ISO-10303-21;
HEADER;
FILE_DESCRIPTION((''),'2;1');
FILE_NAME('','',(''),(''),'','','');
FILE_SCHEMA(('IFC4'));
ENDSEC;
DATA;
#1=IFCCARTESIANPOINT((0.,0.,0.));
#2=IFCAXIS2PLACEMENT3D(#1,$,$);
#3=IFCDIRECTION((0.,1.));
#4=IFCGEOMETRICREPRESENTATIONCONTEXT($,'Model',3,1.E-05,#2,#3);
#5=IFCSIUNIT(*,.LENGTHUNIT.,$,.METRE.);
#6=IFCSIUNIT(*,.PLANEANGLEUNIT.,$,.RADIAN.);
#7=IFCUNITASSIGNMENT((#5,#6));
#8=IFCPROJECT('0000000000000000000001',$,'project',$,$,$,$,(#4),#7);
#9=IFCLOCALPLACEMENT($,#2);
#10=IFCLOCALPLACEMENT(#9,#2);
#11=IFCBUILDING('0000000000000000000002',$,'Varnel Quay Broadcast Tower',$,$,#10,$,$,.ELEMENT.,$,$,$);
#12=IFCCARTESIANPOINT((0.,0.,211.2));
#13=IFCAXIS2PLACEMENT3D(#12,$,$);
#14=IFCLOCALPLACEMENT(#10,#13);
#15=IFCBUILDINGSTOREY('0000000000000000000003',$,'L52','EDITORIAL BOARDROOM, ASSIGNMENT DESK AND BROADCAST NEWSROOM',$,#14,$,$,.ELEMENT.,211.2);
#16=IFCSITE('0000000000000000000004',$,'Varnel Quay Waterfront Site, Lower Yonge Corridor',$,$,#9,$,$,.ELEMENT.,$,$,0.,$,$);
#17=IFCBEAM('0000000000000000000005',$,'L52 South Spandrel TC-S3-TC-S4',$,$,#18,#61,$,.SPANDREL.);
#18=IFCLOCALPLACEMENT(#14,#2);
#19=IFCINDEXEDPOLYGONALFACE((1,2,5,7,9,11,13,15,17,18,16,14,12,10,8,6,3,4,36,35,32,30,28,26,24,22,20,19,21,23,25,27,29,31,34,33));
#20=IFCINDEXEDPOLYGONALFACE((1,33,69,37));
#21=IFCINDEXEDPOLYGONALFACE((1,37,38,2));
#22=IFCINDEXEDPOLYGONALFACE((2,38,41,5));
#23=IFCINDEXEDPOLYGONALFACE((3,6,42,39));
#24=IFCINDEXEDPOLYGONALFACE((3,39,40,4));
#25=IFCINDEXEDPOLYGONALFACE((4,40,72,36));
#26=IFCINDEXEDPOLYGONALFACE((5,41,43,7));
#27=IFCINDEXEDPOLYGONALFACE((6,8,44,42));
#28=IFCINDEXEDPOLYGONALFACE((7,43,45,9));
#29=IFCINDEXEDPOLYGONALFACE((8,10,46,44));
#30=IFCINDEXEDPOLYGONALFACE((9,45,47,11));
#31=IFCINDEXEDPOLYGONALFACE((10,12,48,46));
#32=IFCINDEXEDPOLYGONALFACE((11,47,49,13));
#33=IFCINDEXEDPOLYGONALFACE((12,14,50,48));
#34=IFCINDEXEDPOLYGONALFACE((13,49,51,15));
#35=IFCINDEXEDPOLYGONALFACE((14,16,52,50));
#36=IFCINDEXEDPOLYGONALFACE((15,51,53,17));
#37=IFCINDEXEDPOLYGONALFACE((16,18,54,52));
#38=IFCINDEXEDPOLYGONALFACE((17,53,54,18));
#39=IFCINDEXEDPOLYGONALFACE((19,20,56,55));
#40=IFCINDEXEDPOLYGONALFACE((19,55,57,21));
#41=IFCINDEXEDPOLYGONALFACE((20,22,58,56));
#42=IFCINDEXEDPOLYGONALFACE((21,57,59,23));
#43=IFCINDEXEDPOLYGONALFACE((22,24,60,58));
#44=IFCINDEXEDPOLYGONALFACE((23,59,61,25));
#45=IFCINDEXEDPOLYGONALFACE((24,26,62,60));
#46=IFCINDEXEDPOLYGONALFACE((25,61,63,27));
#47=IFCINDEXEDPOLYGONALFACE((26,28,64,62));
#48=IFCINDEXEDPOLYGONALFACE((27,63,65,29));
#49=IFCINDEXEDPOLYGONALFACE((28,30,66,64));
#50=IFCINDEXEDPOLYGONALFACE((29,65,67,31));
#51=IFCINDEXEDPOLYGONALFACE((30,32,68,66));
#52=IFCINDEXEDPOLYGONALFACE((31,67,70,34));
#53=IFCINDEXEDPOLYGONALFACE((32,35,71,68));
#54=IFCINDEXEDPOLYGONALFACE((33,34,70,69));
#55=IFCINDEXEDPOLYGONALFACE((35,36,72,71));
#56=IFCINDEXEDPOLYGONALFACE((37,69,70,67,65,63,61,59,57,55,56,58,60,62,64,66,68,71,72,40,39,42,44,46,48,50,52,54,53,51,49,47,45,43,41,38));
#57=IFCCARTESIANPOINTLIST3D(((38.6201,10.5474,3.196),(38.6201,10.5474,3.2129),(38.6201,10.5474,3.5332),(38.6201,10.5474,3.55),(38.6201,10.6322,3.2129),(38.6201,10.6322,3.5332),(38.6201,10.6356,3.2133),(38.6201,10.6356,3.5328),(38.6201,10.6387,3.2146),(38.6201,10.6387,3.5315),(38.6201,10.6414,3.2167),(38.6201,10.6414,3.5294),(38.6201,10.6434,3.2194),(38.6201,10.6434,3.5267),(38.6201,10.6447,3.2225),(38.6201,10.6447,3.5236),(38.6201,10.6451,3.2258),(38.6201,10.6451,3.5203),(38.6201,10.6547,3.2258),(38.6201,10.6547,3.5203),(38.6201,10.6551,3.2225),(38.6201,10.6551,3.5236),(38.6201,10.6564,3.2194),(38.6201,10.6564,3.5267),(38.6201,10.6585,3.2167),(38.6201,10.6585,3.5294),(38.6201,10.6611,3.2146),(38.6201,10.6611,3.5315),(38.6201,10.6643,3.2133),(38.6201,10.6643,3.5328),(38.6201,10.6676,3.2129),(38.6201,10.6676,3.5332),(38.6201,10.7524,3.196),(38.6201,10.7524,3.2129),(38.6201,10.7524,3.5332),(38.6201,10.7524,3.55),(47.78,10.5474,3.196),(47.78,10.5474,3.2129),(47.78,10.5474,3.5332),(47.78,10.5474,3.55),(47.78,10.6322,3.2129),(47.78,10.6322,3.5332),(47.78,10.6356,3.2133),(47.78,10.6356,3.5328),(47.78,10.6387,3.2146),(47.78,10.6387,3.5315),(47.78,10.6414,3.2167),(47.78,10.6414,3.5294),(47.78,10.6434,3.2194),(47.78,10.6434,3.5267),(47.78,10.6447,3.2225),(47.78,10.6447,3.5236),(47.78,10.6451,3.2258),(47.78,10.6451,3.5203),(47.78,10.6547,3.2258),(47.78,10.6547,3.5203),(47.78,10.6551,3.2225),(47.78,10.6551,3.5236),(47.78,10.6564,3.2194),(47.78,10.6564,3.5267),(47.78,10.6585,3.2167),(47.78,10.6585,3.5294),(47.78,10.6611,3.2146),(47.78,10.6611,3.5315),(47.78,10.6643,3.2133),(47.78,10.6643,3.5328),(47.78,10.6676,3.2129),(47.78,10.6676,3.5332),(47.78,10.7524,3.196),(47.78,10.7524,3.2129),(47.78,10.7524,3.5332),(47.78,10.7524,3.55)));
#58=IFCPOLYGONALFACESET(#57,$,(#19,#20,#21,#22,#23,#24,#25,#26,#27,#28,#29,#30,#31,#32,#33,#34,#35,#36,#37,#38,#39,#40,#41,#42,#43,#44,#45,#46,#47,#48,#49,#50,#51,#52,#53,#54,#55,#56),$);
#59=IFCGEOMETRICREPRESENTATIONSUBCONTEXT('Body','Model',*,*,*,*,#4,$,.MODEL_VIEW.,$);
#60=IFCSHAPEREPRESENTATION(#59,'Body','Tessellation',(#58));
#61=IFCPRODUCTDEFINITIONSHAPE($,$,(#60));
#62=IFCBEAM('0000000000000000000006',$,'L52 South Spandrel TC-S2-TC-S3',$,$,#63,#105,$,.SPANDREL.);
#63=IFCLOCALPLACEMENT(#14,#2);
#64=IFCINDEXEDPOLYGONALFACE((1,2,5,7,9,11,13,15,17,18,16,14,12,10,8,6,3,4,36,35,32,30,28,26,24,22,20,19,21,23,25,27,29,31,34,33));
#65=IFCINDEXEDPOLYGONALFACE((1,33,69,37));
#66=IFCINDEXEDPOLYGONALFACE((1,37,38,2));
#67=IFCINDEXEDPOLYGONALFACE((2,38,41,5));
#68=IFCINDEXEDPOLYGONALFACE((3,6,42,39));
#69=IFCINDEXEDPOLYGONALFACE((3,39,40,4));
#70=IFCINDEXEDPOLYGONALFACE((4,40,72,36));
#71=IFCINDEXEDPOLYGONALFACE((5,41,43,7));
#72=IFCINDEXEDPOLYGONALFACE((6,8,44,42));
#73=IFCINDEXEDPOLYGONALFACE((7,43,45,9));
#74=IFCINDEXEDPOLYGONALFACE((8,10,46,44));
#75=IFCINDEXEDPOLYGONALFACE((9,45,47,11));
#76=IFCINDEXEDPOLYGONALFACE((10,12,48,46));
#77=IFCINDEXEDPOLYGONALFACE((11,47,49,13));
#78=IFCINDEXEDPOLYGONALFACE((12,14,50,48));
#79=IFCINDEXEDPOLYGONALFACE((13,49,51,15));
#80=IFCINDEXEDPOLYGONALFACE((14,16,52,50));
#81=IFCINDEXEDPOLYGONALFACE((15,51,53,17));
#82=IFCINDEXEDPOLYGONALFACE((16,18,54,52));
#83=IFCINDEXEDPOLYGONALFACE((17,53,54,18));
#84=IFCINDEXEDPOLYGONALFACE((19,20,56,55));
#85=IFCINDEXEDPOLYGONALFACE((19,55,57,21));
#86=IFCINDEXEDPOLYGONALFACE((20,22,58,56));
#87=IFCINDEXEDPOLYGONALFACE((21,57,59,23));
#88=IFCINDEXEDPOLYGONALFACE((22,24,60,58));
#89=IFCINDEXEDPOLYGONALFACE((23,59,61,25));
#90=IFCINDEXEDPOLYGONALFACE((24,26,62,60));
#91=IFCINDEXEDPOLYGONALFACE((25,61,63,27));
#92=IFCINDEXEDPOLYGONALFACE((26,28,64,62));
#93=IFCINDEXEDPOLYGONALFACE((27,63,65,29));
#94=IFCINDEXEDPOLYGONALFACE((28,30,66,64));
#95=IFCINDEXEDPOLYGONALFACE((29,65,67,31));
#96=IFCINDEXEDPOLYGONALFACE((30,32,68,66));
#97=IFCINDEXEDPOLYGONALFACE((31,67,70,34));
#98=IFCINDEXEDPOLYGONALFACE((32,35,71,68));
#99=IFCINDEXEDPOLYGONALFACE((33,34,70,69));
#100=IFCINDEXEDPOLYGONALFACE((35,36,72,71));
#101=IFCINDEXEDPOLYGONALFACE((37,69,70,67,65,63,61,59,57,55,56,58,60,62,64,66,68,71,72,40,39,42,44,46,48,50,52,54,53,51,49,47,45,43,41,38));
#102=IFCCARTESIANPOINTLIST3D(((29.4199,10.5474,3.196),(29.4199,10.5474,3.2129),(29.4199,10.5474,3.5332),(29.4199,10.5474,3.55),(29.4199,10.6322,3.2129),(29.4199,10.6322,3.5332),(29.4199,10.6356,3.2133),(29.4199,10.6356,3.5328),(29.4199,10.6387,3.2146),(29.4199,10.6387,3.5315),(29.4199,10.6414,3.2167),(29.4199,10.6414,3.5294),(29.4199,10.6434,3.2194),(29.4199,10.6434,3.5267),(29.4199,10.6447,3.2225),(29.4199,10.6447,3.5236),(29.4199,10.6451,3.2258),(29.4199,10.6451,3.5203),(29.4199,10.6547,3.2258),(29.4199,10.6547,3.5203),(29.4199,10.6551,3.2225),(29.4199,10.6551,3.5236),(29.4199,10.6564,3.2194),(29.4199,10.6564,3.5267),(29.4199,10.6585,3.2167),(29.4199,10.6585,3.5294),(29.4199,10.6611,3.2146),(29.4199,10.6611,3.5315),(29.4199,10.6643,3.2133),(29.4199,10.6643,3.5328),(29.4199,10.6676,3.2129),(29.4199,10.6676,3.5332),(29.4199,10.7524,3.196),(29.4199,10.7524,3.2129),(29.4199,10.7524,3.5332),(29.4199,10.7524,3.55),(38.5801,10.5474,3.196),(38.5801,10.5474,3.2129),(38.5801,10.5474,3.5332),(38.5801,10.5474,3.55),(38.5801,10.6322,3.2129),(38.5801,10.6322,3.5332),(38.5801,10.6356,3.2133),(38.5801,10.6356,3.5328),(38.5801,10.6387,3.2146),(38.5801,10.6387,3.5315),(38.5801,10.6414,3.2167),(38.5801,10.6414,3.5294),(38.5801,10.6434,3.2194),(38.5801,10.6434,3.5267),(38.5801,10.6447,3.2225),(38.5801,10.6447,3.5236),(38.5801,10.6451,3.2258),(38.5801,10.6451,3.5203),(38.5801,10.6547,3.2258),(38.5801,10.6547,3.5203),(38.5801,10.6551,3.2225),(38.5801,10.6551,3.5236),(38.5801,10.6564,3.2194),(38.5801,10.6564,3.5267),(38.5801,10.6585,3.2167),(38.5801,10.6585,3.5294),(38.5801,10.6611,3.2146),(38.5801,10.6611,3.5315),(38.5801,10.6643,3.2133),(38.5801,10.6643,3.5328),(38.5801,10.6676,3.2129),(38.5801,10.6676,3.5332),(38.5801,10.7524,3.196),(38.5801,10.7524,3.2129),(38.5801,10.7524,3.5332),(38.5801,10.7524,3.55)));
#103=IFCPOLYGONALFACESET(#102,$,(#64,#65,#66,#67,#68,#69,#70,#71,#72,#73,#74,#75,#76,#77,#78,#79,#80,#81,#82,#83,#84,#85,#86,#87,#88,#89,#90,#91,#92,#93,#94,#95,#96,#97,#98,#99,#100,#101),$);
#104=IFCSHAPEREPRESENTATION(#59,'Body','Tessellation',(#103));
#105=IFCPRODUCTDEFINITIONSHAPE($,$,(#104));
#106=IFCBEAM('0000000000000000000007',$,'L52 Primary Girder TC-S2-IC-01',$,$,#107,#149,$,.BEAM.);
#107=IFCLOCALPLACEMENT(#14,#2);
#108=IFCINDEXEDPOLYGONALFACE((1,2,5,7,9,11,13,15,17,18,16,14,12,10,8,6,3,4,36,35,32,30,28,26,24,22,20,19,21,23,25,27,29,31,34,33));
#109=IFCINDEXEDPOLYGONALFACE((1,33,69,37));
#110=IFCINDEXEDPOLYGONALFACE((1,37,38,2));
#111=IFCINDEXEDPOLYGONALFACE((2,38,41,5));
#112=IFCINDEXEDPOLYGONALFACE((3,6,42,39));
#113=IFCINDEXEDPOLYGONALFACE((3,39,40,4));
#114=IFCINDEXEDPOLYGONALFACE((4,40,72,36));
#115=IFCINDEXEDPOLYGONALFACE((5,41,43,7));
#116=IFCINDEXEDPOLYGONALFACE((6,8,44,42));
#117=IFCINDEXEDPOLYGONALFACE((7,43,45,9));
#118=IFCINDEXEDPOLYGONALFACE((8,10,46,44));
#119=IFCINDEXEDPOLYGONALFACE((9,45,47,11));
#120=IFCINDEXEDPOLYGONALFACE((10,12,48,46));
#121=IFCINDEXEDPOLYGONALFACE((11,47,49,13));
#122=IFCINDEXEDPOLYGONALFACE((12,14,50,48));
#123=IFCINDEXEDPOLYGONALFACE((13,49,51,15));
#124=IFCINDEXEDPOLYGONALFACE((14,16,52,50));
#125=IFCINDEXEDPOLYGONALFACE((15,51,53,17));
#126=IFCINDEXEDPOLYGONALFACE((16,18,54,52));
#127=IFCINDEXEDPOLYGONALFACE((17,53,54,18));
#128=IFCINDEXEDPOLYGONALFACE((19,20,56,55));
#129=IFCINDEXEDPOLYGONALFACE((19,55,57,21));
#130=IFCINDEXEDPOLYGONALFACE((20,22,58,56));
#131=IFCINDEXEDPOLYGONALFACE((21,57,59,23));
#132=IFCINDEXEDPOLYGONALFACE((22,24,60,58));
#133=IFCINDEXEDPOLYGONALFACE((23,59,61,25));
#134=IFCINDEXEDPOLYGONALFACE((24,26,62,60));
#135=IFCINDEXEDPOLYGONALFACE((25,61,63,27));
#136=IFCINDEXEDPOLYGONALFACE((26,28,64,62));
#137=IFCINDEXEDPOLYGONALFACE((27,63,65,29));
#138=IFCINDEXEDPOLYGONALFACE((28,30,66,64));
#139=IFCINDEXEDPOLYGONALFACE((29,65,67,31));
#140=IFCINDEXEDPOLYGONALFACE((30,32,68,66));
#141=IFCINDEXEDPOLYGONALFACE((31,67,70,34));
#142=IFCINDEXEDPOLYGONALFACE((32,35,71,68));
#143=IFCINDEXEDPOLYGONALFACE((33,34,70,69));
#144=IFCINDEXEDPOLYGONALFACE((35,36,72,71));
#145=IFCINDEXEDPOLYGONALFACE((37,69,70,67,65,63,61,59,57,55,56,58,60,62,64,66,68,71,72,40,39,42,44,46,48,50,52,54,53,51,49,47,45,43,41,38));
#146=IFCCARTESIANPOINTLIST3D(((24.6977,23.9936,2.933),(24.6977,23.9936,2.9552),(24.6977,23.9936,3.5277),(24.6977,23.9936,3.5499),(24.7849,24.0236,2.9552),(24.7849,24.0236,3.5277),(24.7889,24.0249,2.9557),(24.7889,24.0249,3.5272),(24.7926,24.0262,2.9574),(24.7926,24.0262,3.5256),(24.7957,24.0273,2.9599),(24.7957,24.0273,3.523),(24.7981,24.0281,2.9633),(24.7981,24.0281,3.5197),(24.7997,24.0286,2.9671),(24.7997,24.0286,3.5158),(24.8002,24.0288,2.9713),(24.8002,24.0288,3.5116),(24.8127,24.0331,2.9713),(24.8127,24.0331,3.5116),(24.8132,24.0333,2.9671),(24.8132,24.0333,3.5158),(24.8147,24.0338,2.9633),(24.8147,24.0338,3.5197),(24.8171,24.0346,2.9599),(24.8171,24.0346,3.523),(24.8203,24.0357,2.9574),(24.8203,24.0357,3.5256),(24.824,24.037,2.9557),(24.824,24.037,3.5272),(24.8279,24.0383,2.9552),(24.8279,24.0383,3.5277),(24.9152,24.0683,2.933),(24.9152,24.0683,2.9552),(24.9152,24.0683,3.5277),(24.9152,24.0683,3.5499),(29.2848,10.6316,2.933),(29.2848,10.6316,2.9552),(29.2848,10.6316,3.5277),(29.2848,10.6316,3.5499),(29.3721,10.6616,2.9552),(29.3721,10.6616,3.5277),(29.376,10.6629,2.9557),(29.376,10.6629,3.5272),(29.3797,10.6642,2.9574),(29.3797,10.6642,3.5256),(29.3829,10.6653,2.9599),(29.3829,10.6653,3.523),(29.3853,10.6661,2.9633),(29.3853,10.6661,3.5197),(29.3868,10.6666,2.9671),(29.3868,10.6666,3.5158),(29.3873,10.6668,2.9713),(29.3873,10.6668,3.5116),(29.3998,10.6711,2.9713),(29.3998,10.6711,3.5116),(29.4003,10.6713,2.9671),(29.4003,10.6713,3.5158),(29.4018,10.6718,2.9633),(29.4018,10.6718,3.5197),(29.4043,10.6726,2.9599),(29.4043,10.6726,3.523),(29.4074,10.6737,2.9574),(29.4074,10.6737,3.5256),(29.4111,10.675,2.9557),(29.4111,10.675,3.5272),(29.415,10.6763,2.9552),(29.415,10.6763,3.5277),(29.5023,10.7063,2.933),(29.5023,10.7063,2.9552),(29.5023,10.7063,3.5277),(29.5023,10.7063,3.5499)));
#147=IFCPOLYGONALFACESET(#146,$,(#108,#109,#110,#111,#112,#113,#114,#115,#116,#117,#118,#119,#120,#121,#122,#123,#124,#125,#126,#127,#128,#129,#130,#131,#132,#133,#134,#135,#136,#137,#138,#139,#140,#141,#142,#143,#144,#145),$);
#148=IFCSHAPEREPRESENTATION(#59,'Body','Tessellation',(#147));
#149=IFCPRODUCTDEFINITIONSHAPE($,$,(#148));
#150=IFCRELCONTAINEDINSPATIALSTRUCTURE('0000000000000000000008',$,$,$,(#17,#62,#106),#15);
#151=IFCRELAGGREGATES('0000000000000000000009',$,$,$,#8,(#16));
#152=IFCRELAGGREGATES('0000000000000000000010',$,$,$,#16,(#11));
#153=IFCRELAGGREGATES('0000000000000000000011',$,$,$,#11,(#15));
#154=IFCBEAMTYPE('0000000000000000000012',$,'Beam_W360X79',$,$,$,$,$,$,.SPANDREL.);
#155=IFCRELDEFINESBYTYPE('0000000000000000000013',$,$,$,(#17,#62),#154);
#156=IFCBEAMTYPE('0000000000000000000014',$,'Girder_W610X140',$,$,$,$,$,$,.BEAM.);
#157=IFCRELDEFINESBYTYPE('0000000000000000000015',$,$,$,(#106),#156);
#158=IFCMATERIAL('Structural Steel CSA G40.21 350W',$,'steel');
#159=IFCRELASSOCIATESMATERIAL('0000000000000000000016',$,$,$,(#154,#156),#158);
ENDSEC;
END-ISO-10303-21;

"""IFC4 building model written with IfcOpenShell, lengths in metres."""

from ifc_helpers import new_model, si_unit, direction, frame, origin, origin_2d, place, context, subcontext, project, spatial, i_section, extrude, source, transform, mapped, material, material_profile, profile_set, type_object, type_shapes, element, save


model = new_model("IFC4")

# Units and contexts
model_context = context("Model", 3, precision=1e-05, world=origin(), true_north=direction((0.0, 1.0)))
body_context = subcontext(model_context, "Body", "Model", "MODEL_VIEW")
ifc_project = project(units=[si_unit("LENGTHUNIT", "METRE"), si_unit("PLANEANGLEUNIT", "RADIAN")], contexts=[model_context])

# Site, building, storey
site_placement = place(None, origin())
site = spatial("IfcSite", under=ifc_project, at=site_placement, Name="Varnel Quay Waterfront Site, Lower Yonge Corridor", CompositionType="ELEMENT", RefElevation=0.0)
building_placement = place(site_placement, origin())
building = spatial("IfcBuilding", under=site, at=building_placement, Name="Varnel Quay Broadcast Tower", CompositionType="ELEMENT")
storey_placement = place(building_placement, frame((0.0, 0.0, 211.2)))
storey = spatial("IfcBuildingStorey", under=building, at=storey_placement, Name="L52", Description="EDITORIAL BOARDROOM, ASSIGNMENT DESK AND BROADCAST NEWSROOM", CompositionType="ELEMENT", Elevation=211.2)

# Shared definitions
ifc_material_1 = material(Name="Structural Steel CSA G40.21 350W", Category="steel")

# Beams
ifc_material_profile_1 = material_profile(ifc_material_1, i_section(OverallWidth=0.2051, OverallDepth=0.354, WebThickness=0.0095, FlangeThickness=0.0168, FilletRadius=0.0129, at=origin_2d()), Name="W360X79")
ifc_profile_set_1 = profile_set([ifc_material_profile_1], Name="Structural Steel CSA G40.21 350W")
beam_type_1 = type_object("IfcBeamType", Name="Beam_W360X79", PredefinedType="SPANDREL", material=ifc_profile_set_1)
shared_shape_1 = source(origin(), body_context, "Body", "SweptSolid", [
    extrude(i_section(OverallWidth=0.2051, OverallDepth=0.354, WebThickness=0.0095, FlangeThickness=0.0168, FilletRadius=0.0129, at=origin_2d()), origin(), (0.0, 0.0, 1.0), 9.1599),
])
beam_1_placement = place(storey_placement, frame((38.6201, 10.6499, 3.373), z_axis=(1.0, 0.0, 0.0), x_axis=(0.0, 1.0, 0.0)))
element("IfcBeam", 1, at=beam_1_placement, inside=storey, type_object=beam_type_1, Name="L52 South Spandrel TC-S3-TC-S4", PredefinedType="SPANDREL", context=body_context, shape_type="MappedRepresentation", body=[
    mapped(shared_shape_1, transform((0.0, 0.0, 0.0), x_axis=(1.0, 0.0, 0.0), y_axis=(0.0, 1.0, 0.0), z_axis=(0.0, 0.0, 1.0), scale=1.0)),
])
shared_shape_2 = source(origin(), body_context, "Body", "SweptSolid", [
    extrude(i_section(OverallWidth=0.2051, OverallDepth=0.354, WebThickness=0.0095, FlangeThickness=0.0168, FilletRadius=0.0129, at=origin_2d()), origin(), (0.0, 0.0, 1.0), 9.1602),
])
type_shapes(beam_type_1, [shared_shape_1, shared_shape_2])
beam_2_placement = place(storey_placement, frame((29.4199, 10.6499, 3.373), z_axis=(1.0, 0.0, 0.0), x_axis=(0.0, 1.0, 0.0)))
element("IfcBeam", 2, at=beam_2_placement, inside=storey, type_object=beam_type_1, Name="L52 South Spandrel TC-S2-TC-S3", PredefinedType="SPANDREL", context=body_context, shape_type="MappedRepresentation", body=[
    mapped(shared_shape_2, transform((0.0, 0.0, 0.0), x_axis=(1.0, 0.0, 0.0), y_axis=(0.0, 1.0, 0.0), z_axis=(0.0, 0.0, 1.0), scale=1.0)),
])
ifc_material_profile_2 = material_profile(ifc_material_1, i_section(OverallWidth=0.23, OverallDepth=0.6169, WebThickness=0.0132, FlangeThickness=0.0222, FilletRadius=0.0161, at=origin_2d()), Name="W610X140")
ifc_profile_set_2 = profile_set([ifc_material_profile_2], Name="Structural Steel CSA G40.21 350W")
beam_type_2 = type_object("IfcBeamType", Name="Girder_W610X140", PredefinedType="BEAM", material=ifc_profile_set_2)
shared_shape_3 = source(origin(), body_context, "Body", "SweptSolid", [
    extrude(i_section(OverallWidth=0.23, OverallDepth=0.6169, WebThickness=0.0132, FlangeThickness=0.0222, FilletRadius=0.0161, at=origin_2d()), origin(), (0.0, 0.0, 1.0), 14.1274),
])
beam_3_placement = place(storey_placement, frame((29.3936, 10.6689, 3.2415), z_axis=(-0.324697, 0.945818, 0.0), x_axis=(-0.945818, -0.324697, 0.0)))
element("IfcBeam", 3, at=beam_3_placement, inside=storey, type_object=beam_type_2, Name="L52 Primary Girder TC-S2-IC-01", PredefinedType="BEAM", context=body_context, shape_type="MappedRepresentation", body=[
    mapped(shared_shape_3, transform((0.0, 0.0, 0.0), x_axis=(1.0, 0.0, 0.0), y_axis=(0.0, 1.0, 0.0), z_axis=(0.0, 0.0, 1.0), scale=1.0)),
])

save(model, "model.ifc")
